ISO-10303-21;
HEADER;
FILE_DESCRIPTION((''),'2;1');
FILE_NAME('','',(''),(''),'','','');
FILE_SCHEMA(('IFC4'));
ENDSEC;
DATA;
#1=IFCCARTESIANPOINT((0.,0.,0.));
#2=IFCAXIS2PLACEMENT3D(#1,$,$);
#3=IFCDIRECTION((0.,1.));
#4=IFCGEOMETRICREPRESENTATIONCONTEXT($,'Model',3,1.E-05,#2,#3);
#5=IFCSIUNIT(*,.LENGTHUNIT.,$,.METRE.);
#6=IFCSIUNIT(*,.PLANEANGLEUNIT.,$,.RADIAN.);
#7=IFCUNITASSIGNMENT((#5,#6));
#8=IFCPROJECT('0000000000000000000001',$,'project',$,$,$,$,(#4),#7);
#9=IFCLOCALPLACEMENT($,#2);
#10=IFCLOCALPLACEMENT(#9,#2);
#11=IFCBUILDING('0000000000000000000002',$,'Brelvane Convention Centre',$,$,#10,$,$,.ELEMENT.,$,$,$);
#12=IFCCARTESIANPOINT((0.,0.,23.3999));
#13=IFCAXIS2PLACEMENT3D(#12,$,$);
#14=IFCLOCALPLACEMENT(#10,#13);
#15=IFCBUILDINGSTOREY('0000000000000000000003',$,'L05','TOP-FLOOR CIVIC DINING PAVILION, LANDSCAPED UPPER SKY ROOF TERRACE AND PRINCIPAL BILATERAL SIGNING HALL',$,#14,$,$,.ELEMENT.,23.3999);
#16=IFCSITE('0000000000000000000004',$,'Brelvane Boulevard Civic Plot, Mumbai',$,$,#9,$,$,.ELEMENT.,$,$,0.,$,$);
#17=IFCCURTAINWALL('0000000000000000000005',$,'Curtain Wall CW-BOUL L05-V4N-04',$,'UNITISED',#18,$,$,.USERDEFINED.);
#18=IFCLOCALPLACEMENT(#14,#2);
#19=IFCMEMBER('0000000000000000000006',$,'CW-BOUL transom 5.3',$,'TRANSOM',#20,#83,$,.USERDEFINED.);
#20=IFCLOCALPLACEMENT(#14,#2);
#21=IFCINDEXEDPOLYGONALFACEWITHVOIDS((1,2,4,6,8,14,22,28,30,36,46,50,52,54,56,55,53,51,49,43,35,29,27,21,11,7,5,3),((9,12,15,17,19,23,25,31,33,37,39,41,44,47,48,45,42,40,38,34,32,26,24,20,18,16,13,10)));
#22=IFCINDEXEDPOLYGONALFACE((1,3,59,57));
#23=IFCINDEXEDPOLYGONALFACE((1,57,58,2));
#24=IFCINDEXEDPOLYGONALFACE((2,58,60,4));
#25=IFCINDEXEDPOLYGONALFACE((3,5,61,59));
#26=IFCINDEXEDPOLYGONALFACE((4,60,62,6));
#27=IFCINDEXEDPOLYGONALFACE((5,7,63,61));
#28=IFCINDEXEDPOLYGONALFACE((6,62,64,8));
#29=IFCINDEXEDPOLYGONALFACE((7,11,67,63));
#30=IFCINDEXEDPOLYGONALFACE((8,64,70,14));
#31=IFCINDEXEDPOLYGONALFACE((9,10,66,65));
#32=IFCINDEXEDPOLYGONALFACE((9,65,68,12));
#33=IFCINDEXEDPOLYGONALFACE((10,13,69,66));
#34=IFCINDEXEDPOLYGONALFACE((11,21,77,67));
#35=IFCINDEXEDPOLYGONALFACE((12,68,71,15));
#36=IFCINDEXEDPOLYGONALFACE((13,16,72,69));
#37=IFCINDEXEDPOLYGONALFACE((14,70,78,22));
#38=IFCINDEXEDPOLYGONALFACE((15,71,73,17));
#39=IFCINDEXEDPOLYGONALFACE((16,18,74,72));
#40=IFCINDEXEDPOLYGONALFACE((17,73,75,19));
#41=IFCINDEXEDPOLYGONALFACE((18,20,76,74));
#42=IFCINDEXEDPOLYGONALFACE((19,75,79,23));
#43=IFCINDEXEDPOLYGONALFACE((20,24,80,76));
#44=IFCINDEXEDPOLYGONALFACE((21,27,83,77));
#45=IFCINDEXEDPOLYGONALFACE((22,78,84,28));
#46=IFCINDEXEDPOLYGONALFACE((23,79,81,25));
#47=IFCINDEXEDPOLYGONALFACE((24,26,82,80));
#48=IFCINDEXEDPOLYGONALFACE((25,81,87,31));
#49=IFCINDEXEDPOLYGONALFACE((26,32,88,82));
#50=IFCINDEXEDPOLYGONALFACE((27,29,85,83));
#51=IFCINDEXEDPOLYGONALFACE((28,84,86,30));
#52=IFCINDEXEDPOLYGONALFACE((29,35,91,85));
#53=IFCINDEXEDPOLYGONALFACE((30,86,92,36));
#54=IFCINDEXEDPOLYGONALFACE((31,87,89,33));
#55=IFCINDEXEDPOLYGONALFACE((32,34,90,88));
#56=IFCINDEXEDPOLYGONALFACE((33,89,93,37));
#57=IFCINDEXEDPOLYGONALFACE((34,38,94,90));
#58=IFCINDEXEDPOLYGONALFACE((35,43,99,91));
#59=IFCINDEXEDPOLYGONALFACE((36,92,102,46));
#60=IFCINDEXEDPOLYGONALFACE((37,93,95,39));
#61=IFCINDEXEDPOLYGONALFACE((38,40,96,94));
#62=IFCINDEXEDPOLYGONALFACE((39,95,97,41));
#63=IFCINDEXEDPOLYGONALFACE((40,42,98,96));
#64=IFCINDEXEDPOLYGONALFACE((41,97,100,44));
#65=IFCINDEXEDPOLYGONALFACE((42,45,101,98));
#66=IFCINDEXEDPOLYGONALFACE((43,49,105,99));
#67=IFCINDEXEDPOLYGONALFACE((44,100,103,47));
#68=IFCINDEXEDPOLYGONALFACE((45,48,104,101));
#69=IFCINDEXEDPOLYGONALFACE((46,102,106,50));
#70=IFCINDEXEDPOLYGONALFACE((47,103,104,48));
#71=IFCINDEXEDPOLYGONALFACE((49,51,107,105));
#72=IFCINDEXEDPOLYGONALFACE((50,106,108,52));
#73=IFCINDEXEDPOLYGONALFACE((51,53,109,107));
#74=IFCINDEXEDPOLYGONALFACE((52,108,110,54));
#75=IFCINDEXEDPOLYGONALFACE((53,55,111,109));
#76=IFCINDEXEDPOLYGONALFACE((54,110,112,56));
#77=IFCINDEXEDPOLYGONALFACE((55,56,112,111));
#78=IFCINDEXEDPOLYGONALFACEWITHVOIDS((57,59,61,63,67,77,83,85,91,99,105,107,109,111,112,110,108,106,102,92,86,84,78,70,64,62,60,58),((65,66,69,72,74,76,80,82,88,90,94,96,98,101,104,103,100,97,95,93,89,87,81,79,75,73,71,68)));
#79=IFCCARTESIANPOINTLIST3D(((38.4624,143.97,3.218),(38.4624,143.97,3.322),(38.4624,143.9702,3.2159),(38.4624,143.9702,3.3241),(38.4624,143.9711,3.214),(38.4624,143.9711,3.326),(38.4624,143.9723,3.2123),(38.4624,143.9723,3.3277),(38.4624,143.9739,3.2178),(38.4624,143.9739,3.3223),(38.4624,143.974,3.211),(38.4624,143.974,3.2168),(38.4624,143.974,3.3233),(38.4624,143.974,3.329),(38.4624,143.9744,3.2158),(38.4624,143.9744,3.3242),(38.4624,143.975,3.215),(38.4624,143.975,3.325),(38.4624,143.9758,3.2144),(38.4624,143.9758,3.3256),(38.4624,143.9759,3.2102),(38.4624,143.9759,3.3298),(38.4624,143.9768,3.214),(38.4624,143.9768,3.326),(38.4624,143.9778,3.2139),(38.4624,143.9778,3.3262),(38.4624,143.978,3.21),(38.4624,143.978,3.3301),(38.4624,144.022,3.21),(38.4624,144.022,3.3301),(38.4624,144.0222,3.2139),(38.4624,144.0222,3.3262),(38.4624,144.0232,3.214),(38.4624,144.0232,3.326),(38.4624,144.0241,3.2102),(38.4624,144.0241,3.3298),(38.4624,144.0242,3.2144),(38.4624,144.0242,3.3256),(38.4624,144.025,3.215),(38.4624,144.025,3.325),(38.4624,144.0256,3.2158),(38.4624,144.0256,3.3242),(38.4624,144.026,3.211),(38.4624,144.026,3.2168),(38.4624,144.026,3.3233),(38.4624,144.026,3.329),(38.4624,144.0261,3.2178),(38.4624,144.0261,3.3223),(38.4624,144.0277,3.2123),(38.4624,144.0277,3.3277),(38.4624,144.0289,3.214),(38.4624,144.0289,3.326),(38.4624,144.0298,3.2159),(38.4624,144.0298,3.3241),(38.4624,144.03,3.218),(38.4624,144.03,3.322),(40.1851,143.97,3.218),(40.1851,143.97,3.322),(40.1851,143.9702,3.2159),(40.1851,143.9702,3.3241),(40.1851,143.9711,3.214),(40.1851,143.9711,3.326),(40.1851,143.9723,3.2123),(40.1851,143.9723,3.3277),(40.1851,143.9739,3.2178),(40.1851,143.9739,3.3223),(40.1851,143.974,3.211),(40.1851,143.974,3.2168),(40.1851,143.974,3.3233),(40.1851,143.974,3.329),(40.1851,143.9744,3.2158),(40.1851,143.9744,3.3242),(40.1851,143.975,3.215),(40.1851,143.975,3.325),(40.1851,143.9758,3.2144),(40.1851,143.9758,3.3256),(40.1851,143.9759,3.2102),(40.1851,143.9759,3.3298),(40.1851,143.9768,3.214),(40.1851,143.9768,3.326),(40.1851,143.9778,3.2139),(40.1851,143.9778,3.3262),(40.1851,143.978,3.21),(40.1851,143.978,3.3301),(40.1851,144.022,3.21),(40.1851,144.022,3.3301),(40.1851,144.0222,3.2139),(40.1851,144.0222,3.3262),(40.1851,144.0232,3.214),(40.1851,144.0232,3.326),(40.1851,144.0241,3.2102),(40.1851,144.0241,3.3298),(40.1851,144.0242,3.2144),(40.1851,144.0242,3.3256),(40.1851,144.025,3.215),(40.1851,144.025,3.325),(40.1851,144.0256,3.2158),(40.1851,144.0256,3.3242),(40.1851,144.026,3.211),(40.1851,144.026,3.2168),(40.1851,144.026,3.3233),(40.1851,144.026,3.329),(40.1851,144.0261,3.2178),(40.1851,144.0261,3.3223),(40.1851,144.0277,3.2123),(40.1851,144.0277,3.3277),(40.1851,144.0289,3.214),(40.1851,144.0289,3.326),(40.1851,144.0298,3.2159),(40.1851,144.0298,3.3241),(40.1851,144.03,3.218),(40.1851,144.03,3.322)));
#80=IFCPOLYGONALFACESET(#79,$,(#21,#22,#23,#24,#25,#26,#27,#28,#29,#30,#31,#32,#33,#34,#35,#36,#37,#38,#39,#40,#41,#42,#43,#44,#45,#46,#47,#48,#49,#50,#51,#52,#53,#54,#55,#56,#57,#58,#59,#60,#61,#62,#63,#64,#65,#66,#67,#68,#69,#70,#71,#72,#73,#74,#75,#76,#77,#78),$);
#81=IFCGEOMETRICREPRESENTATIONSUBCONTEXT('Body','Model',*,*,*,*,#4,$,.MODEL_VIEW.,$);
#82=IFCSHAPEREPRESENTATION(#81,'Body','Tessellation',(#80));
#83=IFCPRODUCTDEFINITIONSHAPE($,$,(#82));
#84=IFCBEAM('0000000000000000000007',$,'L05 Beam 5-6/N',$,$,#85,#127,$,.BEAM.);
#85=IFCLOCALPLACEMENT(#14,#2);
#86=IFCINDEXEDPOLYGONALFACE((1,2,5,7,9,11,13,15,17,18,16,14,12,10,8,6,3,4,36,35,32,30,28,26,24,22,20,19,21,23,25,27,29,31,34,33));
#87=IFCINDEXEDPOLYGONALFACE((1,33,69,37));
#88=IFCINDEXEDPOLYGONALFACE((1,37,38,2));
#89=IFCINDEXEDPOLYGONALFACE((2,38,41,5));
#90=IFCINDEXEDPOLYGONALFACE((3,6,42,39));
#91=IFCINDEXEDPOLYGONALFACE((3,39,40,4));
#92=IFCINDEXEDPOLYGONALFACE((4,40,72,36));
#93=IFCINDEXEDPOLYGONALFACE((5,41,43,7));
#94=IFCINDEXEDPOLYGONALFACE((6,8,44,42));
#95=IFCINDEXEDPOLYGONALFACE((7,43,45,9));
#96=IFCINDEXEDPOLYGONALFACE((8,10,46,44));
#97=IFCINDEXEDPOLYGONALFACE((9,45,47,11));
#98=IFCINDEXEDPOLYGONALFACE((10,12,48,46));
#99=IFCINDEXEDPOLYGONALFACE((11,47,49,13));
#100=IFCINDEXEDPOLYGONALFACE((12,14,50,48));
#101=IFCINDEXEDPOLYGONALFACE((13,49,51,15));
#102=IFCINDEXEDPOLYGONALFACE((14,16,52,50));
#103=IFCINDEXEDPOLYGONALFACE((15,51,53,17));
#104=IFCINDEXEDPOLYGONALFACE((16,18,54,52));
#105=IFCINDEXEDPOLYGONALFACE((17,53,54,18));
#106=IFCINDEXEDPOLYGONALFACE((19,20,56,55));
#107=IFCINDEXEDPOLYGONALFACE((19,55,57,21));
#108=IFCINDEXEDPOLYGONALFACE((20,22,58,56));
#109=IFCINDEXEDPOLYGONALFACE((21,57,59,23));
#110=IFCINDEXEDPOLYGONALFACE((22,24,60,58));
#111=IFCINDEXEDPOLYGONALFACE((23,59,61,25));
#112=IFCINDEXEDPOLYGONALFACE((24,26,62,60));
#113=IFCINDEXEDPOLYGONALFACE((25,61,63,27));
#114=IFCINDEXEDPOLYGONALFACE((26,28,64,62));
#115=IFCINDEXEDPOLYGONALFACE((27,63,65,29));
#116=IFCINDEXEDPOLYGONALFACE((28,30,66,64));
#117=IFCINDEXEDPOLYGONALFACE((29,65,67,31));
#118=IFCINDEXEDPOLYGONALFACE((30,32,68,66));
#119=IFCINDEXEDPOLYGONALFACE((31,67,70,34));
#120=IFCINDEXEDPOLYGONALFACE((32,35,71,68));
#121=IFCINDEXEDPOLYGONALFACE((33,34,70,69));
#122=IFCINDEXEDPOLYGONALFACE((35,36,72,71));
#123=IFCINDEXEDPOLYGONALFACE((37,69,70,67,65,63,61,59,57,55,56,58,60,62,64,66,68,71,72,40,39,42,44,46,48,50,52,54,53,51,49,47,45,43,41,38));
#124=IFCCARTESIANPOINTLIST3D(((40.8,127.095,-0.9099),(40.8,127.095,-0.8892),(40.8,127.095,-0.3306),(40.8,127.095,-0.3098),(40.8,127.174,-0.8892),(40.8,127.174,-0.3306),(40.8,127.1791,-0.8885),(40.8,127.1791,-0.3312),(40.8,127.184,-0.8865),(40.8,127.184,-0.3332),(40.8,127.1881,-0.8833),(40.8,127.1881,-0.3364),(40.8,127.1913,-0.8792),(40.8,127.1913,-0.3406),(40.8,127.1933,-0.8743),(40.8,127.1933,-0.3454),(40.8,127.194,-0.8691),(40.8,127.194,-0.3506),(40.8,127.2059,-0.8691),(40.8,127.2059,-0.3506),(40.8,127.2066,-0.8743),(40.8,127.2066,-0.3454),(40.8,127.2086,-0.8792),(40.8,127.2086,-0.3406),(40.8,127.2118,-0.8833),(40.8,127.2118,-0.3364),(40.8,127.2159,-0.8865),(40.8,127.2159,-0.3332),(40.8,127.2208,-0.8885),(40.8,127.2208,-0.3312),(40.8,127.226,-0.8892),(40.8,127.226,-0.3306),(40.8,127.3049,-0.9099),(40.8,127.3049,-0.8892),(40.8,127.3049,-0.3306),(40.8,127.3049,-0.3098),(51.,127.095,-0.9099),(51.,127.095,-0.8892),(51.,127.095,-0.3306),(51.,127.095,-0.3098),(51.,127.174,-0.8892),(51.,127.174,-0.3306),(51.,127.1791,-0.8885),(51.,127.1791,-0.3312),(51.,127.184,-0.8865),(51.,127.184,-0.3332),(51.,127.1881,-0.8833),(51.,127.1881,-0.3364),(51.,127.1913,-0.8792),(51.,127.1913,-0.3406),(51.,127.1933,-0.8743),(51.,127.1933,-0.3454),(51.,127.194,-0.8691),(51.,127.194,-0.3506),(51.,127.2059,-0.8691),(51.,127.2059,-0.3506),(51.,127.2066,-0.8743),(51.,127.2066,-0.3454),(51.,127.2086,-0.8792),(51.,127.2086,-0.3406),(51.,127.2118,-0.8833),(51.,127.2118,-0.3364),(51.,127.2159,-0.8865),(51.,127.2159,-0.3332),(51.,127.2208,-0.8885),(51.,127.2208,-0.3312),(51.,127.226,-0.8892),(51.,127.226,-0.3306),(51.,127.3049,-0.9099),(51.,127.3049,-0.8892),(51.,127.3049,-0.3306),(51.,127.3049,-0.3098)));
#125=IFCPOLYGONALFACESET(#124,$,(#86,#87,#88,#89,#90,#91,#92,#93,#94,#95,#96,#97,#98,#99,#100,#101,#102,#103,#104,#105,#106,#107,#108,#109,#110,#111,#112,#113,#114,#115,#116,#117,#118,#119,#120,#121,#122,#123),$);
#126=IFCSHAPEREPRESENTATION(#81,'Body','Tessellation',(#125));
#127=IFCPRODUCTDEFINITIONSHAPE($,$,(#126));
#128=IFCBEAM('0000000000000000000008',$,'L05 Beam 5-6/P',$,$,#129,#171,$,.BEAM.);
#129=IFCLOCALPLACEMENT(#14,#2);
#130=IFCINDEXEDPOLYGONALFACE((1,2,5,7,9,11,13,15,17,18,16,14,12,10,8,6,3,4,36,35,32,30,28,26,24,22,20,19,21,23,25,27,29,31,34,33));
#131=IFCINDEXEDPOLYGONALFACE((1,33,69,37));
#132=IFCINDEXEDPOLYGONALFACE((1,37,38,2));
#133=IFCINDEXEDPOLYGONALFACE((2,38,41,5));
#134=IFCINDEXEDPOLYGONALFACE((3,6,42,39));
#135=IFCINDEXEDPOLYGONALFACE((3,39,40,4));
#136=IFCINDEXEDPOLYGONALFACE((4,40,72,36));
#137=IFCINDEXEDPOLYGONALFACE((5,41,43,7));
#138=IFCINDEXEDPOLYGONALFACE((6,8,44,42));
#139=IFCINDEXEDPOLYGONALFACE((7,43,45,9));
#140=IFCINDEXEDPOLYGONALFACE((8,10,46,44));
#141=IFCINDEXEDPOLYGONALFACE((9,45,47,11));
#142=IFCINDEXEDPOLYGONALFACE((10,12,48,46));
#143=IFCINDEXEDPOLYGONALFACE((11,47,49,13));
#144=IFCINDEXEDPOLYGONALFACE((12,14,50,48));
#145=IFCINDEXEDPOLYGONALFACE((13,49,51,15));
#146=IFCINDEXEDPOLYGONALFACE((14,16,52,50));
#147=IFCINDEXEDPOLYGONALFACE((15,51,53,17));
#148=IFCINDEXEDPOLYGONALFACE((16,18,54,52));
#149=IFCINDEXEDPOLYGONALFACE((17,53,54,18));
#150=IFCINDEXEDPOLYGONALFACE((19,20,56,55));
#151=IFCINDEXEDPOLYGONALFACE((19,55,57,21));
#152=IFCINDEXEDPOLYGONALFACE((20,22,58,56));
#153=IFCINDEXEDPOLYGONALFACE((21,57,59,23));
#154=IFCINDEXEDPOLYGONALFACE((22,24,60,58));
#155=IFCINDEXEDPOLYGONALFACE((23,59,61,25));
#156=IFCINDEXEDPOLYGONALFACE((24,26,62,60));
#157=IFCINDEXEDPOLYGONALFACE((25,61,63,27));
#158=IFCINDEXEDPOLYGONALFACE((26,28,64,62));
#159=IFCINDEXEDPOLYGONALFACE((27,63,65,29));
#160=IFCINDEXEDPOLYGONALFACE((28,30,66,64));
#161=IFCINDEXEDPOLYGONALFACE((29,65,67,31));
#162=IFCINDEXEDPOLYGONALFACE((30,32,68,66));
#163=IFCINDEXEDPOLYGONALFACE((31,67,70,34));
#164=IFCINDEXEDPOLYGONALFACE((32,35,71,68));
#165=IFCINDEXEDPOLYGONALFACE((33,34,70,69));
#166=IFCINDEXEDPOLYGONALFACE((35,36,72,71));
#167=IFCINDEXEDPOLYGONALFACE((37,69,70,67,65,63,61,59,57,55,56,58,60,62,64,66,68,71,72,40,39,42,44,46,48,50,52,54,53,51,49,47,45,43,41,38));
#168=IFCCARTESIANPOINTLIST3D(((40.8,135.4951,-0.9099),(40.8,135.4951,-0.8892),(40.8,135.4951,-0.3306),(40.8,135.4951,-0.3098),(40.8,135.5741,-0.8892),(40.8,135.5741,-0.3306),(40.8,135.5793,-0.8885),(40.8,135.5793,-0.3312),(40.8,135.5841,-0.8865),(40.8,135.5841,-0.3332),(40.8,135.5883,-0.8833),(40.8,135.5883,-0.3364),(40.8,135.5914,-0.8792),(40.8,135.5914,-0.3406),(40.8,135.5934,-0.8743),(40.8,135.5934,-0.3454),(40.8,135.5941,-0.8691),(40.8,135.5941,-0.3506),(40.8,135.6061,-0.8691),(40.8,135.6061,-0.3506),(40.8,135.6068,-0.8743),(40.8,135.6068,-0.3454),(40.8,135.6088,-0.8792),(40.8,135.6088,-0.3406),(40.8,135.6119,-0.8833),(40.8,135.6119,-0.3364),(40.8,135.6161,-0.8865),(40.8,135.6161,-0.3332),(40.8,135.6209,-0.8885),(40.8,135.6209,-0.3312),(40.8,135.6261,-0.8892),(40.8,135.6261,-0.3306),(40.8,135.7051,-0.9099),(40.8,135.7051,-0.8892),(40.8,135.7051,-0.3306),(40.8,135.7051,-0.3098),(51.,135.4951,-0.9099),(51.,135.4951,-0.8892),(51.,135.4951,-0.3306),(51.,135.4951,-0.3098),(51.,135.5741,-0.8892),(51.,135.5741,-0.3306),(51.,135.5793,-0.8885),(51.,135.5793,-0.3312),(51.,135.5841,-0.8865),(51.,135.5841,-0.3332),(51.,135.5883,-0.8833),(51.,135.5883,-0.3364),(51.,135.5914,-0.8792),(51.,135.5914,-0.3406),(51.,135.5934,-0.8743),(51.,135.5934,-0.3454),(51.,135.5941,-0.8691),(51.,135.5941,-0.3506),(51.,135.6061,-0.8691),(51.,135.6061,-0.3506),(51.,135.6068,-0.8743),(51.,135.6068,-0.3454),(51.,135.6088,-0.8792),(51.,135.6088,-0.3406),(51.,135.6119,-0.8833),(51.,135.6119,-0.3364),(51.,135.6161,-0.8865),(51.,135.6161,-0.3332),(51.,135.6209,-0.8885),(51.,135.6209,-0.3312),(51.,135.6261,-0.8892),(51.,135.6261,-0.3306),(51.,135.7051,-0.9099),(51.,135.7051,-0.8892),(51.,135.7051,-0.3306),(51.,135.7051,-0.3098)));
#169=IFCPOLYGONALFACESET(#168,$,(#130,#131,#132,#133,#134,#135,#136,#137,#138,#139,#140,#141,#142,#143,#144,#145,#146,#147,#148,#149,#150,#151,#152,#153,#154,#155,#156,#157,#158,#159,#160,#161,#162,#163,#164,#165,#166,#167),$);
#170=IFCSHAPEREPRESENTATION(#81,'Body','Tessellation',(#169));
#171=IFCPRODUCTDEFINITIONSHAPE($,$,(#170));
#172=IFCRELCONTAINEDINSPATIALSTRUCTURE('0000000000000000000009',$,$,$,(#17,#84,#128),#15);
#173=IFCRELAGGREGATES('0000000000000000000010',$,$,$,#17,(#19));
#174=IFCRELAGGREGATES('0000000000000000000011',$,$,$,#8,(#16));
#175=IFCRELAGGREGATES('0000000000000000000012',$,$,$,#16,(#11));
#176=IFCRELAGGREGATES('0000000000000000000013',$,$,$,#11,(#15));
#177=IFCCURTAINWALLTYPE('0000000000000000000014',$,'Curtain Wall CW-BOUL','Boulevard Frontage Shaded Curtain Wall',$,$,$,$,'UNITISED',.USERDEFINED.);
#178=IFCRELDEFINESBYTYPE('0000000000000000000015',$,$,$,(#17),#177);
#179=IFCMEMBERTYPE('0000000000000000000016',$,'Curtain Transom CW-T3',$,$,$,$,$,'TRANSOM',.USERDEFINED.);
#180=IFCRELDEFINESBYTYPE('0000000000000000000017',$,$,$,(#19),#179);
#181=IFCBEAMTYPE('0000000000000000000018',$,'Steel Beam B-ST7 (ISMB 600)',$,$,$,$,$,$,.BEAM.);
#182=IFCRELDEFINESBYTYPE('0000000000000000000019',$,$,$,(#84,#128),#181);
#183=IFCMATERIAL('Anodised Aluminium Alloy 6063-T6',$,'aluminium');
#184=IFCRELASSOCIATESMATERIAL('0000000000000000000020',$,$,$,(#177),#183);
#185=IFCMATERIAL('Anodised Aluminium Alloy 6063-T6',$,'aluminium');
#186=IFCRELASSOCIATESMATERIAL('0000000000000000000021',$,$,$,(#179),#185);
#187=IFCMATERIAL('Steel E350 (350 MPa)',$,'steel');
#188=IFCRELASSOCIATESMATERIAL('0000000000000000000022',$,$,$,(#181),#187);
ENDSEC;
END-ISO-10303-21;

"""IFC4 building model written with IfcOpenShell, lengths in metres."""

from ifc_helpers import new_model, si_unit, direction, frame, origin, origin_2d, place, context, subcontext, project, spatial, hollow_rectangle, i_section, extrude, material, material_profile, profile_set, type_object, element, aggregate, save


model = new_model("IFC4")

# Units and contexts
model_context = context("Model", 3, precision=1e-05, world=origin(), true_north=direction((0.0, 1.0)))
body_context = subcontext(model_context, "Body", "Model", "MODEL_VIEW")
ifc_project = project(units=[si_unit("LENGTHUNIT", "METRE"), si_unit("PLANEANGLEUNIT", "RADIAN")], contexts=[model_context])

# Site, building, storey
site_placement = place(None, origin())
site = spatial("IfcSite", under=ifc_project, at=site_placement, Name="Brelvane Boulevard Civic Plot, Mumbai", CompositionType="ELEMENT", RefElevation=0.0)
building_placement = place(site_placement, origin())
building = spatial("IfcBuilding", under=site, at=building_placement, Name="Brelvane Convention Centre", CompositionType="ELEMENT")
storey_placement = place(building_placement, frame((0.0, 0.0, 23.3999)))
storey = spatial("IfcBuildingStorey", under=building, at=storey_placement, Name="L05", Description="TOP-FLOOR CIVIC DINING PAVILION, LANDSCAPED UPPER SKY ROOF TERRACE AND PRINCIPAL BILATERAL SIGNING HALL", CompositionType="ELEMENT", Elevation=23.3999)

# Curtain wall, member
ifc_material_1 = material(Name="Anodised Aluminium Alloy 6063-T6", Category="aluminium")
curtain_wall_type = type_object("IfcCurtainWallType", Name="Curtain Wall CW-BOUL", Description="Boulevard Frontage Shaded Curtain Wall", ElementType="UNITISED", PredefinedType="USERDEFINED", material=ifc_material_1)
curtain_wall_placement = place(storey_placement, origin())
curtain_wall = element("IfcCurtainWall", 1, at=curtain_wall_placement, inside=storey, type_object=curtain_wall_type, Name="Curtain Wall CW-BOUL L05-V4N-04", ObjectType="UNITISED", PredefinedType="USERDEFINED")
ifc_material_2 = material(Name="Anodised Aluminium Alloy 6063-T6", Category="aluminium")
ifc_material_profile_1 = material_profile(ifc_material_2, hollow_rectangle(XDim=0.0601, YDim=0.1201, WallThickness=0.0039, InnerFilletRadius=0.0039, OuterFilletRadius=0.0081, at=origin_2d()), Name="ALU-T 120x60x4.0")
ifc_profile_set_1 = profile_set([ifc_material_profile_1], Name="Anodised Aluminium Alloy 6063-T6")
member_type_1 = type_object("IfcMemberType", Name="Curtain Transom CW-T3", ElementType="TRANSOM", PredefinedType="USERDEFINED", material=ifc_profile_set_1)
member_1_placement = place(storey_placement, frame((38.4624, 144.0, 3.27), z_axis=(1.0, 0.0, 0.0), x_axis=(0.0, 1.0, 0.0)))
member_1 = element("IfcMember", 2, at=member_1_placement, type_object=member_type_1, Name="CW-BOUL transom 5.3", ObjectType="TRANSOM", PredefinedType="USERDEFINED", context=body_context, shape_type="SweptSolid", body=[
    extrude(hollow_rectangle(XDim=0.0601, YDim=0.1201, WallThickness=0.0039, InnerFilletRadius=0.0039, OuterFilletRadius=0.0081, at=origin_2d()), origin(), (0.0, 0.0, 1.0), 1.7227),
])

# Beams
ifc_material_3 = material(Name="Steel E350 (350 MPa)", Category="steel")
ifc_material_profile_2 = material_profile(ifc_material_3, i_section(OverallWidth=0.21, OverallDepth=0.6001, WebThickness=0.012, FlangeThickness=0.0208, FilletRadius=0.02, at=origin_2d()), Name="ISMB 600")
ifc_profile_set_2 = profile_set([ifc_material_profile_2], Name="Steel E350 (350 MPa)")
beam_type_1 = type_object("IfcBeamType", Name="Steel Beam B-ST7 (ISMB 600)", PredefinedType="BEAM", material=ifc_profile_set_2)
for number, where, z_axis, x_axis, name in (
    (3, (40.8, 127.2, -0.6099), (1.0, 0.0, 0.0), (0.0, 1.0, 0.0), "L05 Beam 5-6/N"),
    (4, (40.8, 135.6001, -0.6099), (1.0, 0.0, 0.0), (0.0, 1.0, 0.0), "L05 Beam 5-6/P"),
):
    element("IfcBeam", number, at=place(storey_placement, frame(where, z_axis=z_axis, x_axis=x_axis)), inside=storey, type_object=beam_type_1, Name=name, PredefinedType="BEAM", context=body_context, shape_type="SweptSolid", body=[
        extrude(i_section(OverallWidth=0.21, OverallDepth=0.6001, WebThickness=0.012, FlangeThickness=0.0208, FilletRadius=0.02, at=origin_2d()), origin(), (0.0, 0.0, 1.0), 10.2),
    ])

aggregate(curtain_wall, [member_1])

save(model, "model.ifc")
